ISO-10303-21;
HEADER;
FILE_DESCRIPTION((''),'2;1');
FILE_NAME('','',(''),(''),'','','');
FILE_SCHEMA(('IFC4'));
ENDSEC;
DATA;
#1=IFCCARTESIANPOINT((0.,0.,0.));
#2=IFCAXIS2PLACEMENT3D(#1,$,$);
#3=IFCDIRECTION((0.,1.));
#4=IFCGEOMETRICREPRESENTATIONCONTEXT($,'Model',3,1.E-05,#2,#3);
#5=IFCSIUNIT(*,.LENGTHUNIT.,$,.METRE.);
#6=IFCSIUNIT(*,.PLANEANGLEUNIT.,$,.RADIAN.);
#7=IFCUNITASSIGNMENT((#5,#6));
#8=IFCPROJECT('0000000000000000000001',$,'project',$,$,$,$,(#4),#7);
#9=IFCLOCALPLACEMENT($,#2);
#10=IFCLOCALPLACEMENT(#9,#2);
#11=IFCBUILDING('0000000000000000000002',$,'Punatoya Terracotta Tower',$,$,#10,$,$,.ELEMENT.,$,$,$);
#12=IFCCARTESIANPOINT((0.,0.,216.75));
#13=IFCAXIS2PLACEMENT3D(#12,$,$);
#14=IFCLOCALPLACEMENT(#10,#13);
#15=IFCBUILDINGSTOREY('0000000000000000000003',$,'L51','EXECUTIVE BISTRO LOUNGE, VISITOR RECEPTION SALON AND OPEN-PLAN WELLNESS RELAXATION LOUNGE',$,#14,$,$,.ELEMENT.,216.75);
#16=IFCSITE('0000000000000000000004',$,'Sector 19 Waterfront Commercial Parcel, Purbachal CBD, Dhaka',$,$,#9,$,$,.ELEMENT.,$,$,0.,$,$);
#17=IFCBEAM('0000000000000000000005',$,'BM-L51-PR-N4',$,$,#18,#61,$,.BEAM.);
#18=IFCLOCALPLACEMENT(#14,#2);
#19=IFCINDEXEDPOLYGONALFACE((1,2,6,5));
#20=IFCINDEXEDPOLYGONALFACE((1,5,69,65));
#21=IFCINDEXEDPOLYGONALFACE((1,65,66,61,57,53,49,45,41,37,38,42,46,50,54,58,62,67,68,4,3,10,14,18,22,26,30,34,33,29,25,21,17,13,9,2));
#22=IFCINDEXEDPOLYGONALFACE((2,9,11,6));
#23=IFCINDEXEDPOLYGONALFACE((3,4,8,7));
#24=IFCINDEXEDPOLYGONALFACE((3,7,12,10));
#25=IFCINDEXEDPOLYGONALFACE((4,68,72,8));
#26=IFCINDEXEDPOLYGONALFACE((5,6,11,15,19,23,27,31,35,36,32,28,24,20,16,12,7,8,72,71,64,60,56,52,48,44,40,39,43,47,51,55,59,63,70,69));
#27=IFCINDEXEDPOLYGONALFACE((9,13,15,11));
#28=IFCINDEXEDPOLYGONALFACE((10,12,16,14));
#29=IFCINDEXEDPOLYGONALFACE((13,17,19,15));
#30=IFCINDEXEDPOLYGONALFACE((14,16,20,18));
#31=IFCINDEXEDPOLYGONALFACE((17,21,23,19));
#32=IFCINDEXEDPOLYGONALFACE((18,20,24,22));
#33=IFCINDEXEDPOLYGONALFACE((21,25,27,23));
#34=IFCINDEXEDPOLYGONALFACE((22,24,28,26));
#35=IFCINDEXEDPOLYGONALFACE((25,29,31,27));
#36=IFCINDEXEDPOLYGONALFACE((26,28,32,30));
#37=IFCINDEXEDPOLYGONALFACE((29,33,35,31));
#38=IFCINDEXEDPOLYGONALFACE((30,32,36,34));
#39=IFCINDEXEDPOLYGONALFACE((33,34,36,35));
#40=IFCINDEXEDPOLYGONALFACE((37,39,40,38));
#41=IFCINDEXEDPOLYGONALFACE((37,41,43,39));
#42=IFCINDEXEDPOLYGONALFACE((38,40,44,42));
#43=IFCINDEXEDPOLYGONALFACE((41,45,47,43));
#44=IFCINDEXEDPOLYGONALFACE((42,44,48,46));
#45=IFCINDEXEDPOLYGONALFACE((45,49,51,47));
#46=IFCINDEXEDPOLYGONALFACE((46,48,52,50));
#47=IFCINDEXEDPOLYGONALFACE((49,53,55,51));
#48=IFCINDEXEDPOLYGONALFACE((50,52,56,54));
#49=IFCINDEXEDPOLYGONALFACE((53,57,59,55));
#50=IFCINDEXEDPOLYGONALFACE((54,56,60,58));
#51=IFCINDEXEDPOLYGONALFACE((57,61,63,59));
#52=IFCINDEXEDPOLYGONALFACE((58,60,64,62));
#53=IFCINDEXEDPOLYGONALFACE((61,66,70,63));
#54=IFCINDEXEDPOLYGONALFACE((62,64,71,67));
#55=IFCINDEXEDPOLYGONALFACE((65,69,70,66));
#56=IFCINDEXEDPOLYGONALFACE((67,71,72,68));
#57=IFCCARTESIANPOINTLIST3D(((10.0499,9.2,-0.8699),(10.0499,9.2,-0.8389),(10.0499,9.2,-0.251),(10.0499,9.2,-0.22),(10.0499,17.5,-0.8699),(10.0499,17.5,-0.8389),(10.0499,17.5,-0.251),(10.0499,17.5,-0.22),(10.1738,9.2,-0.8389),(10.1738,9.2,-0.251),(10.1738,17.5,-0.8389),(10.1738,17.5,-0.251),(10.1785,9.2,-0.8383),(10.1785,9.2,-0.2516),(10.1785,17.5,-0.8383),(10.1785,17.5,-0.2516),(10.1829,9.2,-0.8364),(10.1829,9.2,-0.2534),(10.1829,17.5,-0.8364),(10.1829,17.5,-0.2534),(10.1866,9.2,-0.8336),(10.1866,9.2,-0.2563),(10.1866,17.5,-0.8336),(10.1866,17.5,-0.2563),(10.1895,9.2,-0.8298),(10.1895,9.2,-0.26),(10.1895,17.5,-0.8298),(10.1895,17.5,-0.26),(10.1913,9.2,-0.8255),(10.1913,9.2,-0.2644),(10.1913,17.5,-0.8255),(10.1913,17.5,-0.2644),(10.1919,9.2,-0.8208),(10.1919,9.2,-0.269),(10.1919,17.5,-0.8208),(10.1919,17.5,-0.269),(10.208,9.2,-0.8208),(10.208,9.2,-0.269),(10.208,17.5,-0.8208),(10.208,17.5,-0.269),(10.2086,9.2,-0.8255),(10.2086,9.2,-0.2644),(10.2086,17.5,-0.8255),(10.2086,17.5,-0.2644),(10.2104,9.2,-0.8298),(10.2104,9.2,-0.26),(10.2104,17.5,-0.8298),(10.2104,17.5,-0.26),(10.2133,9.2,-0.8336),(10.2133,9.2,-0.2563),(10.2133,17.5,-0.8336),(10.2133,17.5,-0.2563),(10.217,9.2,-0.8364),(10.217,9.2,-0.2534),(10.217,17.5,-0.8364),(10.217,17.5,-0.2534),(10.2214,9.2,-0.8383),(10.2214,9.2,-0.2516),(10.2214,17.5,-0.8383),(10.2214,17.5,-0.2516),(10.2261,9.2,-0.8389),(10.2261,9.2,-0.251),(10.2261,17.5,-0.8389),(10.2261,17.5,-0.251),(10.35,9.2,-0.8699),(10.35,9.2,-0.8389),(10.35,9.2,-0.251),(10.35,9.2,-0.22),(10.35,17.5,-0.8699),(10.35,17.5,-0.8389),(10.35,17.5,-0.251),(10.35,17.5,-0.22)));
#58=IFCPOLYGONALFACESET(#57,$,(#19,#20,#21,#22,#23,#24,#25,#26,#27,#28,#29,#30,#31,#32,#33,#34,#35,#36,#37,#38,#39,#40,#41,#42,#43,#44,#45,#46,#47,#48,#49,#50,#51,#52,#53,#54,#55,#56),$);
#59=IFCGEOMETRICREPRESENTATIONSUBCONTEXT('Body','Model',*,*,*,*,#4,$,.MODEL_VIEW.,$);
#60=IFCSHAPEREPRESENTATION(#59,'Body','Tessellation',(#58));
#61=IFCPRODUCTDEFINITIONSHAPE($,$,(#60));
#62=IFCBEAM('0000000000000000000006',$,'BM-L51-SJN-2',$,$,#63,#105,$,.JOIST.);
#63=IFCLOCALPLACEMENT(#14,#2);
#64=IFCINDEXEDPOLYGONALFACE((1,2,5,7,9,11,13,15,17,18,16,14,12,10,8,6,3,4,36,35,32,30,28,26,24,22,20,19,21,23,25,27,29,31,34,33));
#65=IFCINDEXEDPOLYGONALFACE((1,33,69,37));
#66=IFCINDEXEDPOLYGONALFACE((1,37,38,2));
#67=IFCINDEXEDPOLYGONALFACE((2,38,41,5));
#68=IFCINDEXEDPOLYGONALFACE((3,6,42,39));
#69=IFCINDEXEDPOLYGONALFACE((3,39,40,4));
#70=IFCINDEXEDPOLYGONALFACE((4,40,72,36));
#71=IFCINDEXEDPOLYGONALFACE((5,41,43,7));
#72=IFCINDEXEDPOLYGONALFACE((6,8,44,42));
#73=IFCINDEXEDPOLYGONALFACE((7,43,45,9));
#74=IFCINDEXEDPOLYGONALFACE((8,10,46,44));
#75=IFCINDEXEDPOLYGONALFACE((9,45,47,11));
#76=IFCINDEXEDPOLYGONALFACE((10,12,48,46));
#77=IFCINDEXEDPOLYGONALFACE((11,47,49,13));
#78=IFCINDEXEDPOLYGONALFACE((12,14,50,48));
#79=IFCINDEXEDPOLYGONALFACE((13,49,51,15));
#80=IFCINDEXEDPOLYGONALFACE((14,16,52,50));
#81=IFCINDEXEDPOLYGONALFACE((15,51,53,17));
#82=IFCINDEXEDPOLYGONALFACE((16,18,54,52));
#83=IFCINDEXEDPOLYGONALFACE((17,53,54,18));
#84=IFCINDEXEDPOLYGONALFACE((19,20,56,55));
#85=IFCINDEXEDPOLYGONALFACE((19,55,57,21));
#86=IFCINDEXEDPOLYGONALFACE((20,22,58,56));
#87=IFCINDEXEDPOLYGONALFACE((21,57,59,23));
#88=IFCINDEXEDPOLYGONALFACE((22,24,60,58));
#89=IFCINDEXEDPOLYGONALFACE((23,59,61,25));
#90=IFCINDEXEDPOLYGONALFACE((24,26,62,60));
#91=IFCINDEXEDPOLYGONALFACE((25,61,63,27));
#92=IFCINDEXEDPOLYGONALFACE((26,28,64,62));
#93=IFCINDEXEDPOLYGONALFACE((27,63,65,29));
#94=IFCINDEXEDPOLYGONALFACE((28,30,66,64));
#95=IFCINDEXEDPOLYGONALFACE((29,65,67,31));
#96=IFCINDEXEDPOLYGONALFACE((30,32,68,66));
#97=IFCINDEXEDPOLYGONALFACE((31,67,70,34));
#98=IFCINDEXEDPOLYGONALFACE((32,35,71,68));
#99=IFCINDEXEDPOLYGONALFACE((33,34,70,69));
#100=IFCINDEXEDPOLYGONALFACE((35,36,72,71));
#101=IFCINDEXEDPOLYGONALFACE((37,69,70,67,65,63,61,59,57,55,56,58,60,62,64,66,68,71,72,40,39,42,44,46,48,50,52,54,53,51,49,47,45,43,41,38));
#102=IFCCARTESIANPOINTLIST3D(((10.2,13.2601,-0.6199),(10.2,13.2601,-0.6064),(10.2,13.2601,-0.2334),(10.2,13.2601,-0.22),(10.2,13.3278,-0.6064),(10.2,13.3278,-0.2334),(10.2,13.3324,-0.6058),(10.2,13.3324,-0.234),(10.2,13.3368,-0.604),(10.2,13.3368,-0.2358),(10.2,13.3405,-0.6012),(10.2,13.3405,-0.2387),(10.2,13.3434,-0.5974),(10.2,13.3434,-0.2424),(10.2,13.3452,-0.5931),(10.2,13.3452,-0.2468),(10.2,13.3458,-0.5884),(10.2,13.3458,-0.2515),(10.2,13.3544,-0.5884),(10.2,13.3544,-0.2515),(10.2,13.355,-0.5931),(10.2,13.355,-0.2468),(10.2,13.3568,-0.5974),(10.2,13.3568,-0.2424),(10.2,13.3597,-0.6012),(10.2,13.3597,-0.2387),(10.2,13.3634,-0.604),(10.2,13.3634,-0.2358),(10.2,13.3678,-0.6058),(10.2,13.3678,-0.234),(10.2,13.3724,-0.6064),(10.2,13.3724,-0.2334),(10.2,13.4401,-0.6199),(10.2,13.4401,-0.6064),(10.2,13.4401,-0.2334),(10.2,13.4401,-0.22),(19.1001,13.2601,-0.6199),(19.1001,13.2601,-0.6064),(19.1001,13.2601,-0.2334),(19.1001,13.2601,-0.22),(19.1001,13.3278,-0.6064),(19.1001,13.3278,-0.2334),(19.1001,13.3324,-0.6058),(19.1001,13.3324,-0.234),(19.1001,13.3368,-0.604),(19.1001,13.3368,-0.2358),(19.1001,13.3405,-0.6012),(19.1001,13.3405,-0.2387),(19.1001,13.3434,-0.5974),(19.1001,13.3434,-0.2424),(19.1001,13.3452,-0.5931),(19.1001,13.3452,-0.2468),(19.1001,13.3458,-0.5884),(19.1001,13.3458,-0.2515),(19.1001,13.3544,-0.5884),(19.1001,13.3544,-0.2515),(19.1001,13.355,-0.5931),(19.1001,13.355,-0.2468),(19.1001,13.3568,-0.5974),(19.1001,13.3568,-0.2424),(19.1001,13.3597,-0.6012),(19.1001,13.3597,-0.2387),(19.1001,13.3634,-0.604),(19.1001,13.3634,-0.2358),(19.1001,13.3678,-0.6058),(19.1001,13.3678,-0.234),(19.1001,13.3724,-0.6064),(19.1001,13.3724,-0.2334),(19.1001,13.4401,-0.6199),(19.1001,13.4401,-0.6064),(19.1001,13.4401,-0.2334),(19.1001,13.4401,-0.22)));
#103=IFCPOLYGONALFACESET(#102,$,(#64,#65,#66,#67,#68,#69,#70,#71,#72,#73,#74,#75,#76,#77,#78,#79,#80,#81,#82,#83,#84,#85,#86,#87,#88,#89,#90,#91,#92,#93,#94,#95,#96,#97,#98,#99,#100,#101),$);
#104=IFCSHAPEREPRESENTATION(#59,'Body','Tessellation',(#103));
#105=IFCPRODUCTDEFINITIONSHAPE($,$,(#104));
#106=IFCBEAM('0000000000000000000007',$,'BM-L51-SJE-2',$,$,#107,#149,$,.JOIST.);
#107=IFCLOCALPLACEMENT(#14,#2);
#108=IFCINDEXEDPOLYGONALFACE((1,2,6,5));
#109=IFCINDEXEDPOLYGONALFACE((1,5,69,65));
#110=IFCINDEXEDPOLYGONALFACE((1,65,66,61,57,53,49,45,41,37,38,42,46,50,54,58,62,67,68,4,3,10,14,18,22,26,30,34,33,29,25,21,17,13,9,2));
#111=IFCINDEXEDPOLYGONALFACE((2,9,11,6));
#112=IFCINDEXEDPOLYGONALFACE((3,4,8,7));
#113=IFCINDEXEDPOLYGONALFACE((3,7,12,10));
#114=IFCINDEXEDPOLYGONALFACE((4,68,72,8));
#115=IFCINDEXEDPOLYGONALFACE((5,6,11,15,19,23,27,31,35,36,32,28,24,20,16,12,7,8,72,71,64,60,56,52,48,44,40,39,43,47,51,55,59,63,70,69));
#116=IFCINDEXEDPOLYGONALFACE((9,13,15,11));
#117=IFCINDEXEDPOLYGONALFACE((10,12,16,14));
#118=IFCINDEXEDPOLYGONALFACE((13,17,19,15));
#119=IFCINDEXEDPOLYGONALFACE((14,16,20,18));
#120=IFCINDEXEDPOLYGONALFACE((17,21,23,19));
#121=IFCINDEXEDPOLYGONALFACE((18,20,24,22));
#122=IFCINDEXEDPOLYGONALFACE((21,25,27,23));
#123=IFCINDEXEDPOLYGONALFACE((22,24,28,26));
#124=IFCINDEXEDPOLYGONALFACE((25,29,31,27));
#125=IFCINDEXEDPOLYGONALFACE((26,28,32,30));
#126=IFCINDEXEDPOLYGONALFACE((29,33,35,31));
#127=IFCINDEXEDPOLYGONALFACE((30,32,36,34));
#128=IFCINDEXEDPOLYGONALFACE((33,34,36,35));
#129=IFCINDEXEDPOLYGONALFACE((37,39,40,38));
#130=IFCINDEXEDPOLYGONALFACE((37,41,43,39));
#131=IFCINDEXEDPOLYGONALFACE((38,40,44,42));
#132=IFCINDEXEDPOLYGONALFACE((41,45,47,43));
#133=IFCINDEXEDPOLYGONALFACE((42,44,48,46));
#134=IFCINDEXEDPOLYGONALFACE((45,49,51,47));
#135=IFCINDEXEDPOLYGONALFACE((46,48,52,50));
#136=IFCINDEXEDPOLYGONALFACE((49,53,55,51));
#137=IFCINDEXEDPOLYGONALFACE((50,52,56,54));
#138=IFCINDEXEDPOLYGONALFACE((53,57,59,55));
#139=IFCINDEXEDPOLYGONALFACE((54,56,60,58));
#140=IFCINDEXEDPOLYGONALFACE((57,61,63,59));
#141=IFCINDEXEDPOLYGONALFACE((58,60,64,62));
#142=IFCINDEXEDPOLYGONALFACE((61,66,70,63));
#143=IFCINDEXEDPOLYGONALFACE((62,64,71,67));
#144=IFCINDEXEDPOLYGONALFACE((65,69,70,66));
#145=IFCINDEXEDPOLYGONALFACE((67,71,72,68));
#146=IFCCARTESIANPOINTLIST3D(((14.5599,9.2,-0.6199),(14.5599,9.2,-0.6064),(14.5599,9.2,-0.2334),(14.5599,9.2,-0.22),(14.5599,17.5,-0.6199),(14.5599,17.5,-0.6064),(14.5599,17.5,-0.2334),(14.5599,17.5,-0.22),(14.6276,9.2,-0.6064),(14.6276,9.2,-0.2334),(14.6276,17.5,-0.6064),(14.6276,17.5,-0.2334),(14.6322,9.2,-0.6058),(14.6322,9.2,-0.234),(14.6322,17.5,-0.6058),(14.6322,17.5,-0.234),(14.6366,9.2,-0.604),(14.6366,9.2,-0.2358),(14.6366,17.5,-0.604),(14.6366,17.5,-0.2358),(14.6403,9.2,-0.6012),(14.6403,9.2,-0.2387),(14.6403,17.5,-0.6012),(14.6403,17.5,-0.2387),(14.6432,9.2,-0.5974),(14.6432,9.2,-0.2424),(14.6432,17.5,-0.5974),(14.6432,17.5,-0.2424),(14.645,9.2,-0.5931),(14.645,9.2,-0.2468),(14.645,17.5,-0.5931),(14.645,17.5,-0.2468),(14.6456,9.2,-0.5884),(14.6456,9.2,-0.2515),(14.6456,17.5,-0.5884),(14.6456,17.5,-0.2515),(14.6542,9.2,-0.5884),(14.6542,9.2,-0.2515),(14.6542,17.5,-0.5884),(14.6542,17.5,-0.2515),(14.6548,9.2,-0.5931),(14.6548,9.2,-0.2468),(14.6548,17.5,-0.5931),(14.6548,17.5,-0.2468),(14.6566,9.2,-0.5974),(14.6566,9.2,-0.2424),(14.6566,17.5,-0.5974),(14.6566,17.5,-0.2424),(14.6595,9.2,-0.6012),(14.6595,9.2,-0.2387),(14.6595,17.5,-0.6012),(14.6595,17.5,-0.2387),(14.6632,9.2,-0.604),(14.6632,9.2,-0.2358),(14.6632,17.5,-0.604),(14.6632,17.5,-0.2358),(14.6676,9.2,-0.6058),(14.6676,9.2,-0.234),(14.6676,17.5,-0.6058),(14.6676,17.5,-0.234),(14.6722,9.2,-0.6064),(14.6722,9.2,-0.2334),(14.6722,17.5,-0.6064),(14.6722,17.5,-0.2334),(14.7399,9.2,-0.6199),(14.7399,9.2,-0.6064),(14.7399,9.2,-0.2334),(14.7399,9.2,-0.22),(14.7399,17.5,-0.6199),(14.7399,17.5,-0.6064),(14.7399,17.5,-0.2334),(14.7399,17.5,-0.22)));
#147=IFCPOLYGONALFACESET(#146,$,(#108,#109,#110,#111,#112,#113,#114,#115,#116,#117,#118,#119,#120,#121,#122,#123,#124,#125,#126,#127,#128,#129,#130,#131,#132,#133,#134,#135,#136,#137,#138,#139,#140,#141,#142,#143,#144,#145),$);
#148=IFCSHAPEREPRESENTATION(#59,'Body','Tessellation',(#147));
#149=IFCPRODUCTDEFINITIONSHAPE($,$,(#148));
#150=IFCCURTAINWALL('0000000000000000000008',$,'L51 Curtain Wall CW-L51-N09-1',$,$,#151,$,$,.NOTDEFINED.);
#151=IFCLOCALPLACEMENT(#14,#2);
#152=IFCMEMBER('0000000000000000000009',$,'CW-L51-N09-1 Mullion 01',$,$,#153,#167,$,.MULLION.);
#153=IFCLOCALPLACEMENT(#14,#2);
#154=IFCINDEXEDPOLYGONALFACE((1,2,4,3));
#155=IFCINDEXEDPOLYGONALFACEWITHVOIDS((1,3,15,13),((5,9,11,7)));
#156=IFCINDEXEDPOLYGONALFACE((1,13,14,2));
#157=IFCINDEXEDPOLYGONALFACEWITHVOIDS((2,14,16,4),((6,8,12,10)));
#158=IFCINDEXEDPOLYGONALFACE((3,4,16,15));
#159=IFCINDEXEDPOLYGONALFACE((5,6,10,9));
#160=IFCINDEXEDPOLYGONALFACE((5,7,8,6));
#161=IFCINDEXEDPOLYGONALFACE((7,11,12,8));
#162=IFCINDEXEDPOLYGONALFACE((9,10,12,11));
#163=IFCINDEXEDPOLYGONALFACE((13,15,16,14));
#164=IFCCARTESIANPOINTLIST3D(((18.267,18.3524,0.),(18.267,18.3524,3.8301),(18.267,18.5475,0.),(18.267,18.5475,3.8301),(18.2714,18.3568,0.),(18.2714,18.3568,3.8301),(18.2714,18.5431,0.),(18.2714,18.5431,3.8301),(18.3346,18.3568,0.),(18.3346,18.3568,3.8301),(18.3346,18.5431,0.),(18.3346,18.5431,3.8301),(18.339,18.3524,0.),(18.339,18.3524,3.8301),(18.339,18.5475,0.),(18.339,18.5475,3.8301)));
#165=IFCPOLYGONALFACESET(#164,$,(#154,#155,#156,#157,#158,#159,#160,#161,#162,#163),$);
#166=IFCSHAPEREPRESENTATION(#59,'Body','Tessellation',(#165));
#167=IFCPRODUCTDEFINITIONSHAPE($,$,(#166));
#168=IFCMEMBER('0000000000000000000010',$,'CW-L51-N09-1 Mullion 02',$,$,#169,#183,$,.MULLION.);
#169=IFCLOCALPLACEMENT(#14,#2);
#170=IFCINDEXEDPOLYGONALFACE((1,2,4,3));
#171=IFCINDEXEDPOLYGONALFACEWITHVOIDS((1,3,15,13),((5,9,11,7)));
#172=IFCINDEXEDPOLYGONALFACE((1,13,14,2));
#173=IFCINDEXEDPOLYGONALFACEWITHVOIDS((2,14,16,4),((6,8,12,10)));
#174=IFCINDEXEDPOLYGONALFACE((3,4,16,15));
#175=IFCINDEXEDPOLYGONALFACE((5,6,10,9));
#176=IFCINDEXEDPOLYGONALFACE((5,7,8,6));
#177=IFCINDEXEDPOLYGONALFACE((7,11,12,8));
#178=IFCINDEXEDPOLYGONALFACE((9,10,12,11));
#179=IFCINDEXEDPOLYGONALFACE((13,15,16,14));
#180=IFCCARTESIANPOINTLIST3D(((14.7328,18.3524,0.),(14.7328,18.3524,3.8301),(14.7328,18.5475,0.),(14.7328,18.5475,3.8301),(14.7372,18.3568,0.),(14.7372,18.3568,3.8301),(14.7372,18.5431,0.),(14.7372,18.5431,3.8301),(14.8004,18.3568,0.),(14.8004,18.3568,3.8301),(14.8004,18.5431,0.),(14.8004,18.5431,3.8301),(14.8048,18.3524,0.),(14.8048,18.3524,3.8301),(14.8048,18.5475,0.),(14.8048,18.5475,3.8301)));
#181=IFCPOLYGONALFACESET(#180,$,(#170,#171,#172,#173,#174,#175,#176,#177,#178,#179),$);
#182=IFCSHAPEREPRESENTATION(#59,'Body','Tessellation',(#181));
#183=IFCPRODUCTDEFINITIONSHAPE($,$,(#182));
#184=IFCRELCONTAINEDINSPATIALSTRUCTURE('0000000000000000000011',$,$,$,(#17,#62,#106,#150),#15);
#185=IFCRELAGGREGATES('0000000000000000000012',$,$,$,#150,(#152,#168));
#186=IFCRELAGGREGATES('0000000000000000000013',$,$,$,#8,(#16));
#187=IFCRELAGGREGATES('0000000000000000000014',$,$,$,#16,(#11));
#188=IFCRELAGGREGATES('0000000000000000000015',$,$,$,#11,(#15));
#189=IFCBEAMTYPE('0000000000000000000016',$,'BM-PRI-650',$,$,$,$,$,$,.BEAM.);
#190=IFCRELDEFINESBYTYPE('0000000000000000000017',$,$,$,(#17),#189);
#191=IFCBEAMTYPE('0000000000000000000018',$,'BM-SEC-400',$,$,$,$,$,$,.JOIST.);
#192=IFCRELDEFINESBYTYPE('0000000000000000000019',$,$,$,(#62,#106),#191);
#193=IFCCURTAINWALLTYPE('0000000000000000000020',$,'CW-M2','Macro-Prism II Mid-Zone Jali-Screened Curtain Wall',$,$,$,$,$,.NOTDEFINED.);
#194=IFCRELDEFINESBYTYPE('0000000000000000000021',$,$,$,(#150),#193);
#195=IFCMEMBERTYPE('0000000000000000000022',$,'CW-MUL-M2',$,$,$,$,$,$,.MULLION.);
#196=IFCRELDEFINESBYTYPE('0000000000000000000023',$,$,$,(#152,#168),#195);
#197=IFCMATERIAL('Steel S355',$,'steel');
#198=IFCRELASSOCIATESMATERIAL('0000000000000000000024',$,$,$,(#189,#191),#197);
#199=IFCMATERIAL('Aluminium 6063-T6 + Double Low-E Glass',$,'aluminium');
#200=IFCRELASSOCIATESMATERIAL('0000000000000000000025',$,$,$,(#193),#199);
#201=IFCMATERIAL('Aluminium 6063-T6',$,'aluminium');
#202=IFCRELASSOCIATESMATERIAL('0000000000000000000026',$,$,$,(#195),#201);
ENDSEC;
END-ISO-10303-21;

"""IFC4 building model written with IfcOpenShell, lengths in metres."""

from ifc_helpers import new_model, si_unit, direction, frame, origin, origin_2d, place, context, subcontext, project, spatial, hollow_rectangle, i_section, extrude, material, material_profile, profile_set, type_object, element, aggregate, save


model = new_model("IFC4")

# Units and contexts
model_context = context("Model", 3, precision=1e-05, world=origin(), true_north=direction((0.0, 1.0)))
body_context = subcontext(model_context, "Body", "Model", "MODEL_VIEW")
ifc_project = project(units=[si_unit("LENGTHUNIT", "METRE"), si_unit("PLANEANGLEUNIT", "RADIAN")], contexts=[model_context])

# Site, building, storey
site_placement = place(None, origin())
site = spatial("IfcSite", under=ifc_project, at=site_placement, Name="Sector 19 Waterfront Commercial Parcel, Purbachal CBD, Dhaka", CompositionType="ELEMENT", RefElevation=0.0)
building_placement = place(site_placement, origin())
building = spatial("IfcBuilding", under=site, at=building_placement, Name="Punatoya Terracotta Tower", CompositionType="ELEMENT")
storey_placement = place(building_placement, frame((0.0, 0.0, 216.75)))
storey = spatial("IfcBuildingStorey", under=building, at=storey_placement, Name="L51", Description="EXECUTIVE BISTRO LOUNGE, VISITOR RECEPTION SALON AND OPEN-PLAN WELLNESS RELAXATION LOUNGE", CompositionType="ELEMENT", Elevation=216.75)

# Beams
ifc_material_1 = material(Name="Steel S355", Category="steel")
ifc_material_profile_1 = material_profile(ifc_material_1, i_section(OverallWidth=0.3, OverallDepth=0.6499, WebThickness=0.0161, FlangeThickness=0.031, FilletRadius=0.0181, at=origin_2d()))
ifc_profile_set_1 = profile_set([ifc_material_profile_1], Name="Steel S355")
beam_type_1 = type_object("IfcBeamType", Name="BM-PRI-650", PredefinedType="BEAM", material=ifc_profile_set_1)
for number, where, z_axis, x_axis, name in (
    (1, (10.2, 9.2, -0.5449), (0.0, 1.0, 0.0), (-1.0, 0.0, 0.0), "BM-L51-PR-N4"),
):
    element("IfcBeam", number, at=place(storey_placement, frame(where, z_axis=z_axis, x_axis=x_axis)), inside=storey, type_object=beam_type_1, Name=name, PredefinedType="BEAM", context=body_context, shape_type="SweptSolid", body=[
        extrude(i_section(OverallWidth=0.3, OverallDepth=0.6499, WebThickness=0.0161, FlangeThickness=0.031, FilletRadius=0.0181, at=origin_2d()), origin(), (0.0, 0.0, 1.0), 8.3),
    ])
ifc_material_profile_2 = material_profile(ifc_material_1, i_section(OverallWidth=0.1799, OverallDepth=0.3999, WebThickness=0.0085, FlangeThickness=0.0134, FilletRadius=0.0181, at=origin_2d()))
ifc_profile_set_2 = profile_set([ifc_material_profile_2], Name="Steel S355")
beam_type_2 = type_object("IfcBeamType", Name="BM-SEC-400", PredefinedType="JOIST", material=ifc_profile_set_2)
beam_1_placement = place(storey_placement, frame((10.2, 13.3501, -0.4199), z_axis=(1.0, 0.0, 0.0), x_axis=(0.0, 1.0, 0.0)))
element("IfcBeam", 2, at=beam_1_placement, inside=storey, type_object=beam_type_2, Name="BM-L51-SJN-2", PredefinedType="JOIST", context=body_context, shape_type="SweptSolid", body=[
    extrude(i_section(OverallWidth=0.1799, OverallDepth=0.3999, WebThickness=0.0085, FlangeThickness=0.0134, FilletRadius=0.0181, at=origin_2d()), origin(), (0.0, 0.0, 1.0), 8.9001),
])
beam_2_placement = place(storey_placement, frame((14.6499, 9.2, -0.4199), z_axis=(0.0, 1.0, 0.0), x_axis=(-1.0, 0.0, 0.0)))
element("IfcBeam", 3, at=beam_2_placement, inside=storey, type_object=beam_type_2, Name="BM-L51-SJE-2", PredefinedType="JOIST", context=body_context, shape_type="SweptSolid", body=[
    extrude(i_section(OverallWidth=0.1799, OverallDepth=0.3999, WebThickness=0.0085, FlangeThickness=0.0134, FilletRadius=0.0181, at=origin_2d()), origin(), (0.0, 0.0, 1.0), 8.3),
])

# Curtain wall, members
ifc_material_2 = material(Name="Aluminium 6063-T6 + Double Low-E Glass", Category="aluminium")
curtain_wall_type = type_object("IfcCurtainWallType", Name="CW-M2", Description="Macro-Prism II Mid-Zone Jali-Screened Curtain Wall", PredefinedType="NOTDEFINED", material=ifc_material_2)
curtain_wall_placement = place(storey_placement, origin())
curtain_wall = element("IfcCurtainWall", 4, at=curtain_wall_placement, inside=storey, type_object=curtain_wall_type, Name="L51 Curtain Wall CW-L51-N09-1", PredefinedType="NOTDEFINED")
ifc_material_3 = material(Name="Aluminium 6063-T6", Category="aluminium")
ifc_material_profile_3 = material_profile(ifc_material_3, hollow_rectangle(XDim=0.072, YDim=0.1951, WallThickness=0.0044, at=origin_2d()))
ifc_profile_set_3 = profile_set([ifc_material_profile_3], Name="Aluminium 6063-T6")
member_type = type_object("IfcMemberType", Name="CW-MUL-M2", PredefinedType="MULLION", material=ifc_profile_set_3)
member_1_placement = place(storey_placement, frame((18.303, 18.45, 0.0), z_axis=(0.0, 0.0, 1.0), x_axis=(1.0, 0.0, 0.0)))
member_1 = element("IfcMember", 5, at=member_1_placement, type_object=member_type, Name="CW-L51-N09-1 Mullion 01", PredefinedType="MULLION", context=body_context, shape_type="SweptSolid", body=[
    extrude(hollow_rectangle(XDim=0.072, YDim=0.1951, WallThickness=0.0044, at=origin_2d()), origin(), (0.0, 0.0, 1.0), 3.8301),
])
member_2_placement = place(storey_placement, frame((14.7688, 18.45, 0.0), z_axis=(0.0, 0.0, 1.0), x_axis=(1.0, 0.0, 0.0)))
member_2 = element("IfcMember", 6, at=member_2_placement, type_object=member_type, Name="CW-L51-N09-1 Mullion 02", PredefinedType="MULLION", context=body_context, shape_type="SweptSolid", body=[
    extrude(hollow_rectangle(XDim=0.072, YDim=0.1951, WallThickness=0.0044, at=origin_2d()), origin(), (0.0, 0.0, 1.0), 3.8301),
])
aggregate(curtain_wall, [member_1, member_2])

save(model, "model.ifc")
